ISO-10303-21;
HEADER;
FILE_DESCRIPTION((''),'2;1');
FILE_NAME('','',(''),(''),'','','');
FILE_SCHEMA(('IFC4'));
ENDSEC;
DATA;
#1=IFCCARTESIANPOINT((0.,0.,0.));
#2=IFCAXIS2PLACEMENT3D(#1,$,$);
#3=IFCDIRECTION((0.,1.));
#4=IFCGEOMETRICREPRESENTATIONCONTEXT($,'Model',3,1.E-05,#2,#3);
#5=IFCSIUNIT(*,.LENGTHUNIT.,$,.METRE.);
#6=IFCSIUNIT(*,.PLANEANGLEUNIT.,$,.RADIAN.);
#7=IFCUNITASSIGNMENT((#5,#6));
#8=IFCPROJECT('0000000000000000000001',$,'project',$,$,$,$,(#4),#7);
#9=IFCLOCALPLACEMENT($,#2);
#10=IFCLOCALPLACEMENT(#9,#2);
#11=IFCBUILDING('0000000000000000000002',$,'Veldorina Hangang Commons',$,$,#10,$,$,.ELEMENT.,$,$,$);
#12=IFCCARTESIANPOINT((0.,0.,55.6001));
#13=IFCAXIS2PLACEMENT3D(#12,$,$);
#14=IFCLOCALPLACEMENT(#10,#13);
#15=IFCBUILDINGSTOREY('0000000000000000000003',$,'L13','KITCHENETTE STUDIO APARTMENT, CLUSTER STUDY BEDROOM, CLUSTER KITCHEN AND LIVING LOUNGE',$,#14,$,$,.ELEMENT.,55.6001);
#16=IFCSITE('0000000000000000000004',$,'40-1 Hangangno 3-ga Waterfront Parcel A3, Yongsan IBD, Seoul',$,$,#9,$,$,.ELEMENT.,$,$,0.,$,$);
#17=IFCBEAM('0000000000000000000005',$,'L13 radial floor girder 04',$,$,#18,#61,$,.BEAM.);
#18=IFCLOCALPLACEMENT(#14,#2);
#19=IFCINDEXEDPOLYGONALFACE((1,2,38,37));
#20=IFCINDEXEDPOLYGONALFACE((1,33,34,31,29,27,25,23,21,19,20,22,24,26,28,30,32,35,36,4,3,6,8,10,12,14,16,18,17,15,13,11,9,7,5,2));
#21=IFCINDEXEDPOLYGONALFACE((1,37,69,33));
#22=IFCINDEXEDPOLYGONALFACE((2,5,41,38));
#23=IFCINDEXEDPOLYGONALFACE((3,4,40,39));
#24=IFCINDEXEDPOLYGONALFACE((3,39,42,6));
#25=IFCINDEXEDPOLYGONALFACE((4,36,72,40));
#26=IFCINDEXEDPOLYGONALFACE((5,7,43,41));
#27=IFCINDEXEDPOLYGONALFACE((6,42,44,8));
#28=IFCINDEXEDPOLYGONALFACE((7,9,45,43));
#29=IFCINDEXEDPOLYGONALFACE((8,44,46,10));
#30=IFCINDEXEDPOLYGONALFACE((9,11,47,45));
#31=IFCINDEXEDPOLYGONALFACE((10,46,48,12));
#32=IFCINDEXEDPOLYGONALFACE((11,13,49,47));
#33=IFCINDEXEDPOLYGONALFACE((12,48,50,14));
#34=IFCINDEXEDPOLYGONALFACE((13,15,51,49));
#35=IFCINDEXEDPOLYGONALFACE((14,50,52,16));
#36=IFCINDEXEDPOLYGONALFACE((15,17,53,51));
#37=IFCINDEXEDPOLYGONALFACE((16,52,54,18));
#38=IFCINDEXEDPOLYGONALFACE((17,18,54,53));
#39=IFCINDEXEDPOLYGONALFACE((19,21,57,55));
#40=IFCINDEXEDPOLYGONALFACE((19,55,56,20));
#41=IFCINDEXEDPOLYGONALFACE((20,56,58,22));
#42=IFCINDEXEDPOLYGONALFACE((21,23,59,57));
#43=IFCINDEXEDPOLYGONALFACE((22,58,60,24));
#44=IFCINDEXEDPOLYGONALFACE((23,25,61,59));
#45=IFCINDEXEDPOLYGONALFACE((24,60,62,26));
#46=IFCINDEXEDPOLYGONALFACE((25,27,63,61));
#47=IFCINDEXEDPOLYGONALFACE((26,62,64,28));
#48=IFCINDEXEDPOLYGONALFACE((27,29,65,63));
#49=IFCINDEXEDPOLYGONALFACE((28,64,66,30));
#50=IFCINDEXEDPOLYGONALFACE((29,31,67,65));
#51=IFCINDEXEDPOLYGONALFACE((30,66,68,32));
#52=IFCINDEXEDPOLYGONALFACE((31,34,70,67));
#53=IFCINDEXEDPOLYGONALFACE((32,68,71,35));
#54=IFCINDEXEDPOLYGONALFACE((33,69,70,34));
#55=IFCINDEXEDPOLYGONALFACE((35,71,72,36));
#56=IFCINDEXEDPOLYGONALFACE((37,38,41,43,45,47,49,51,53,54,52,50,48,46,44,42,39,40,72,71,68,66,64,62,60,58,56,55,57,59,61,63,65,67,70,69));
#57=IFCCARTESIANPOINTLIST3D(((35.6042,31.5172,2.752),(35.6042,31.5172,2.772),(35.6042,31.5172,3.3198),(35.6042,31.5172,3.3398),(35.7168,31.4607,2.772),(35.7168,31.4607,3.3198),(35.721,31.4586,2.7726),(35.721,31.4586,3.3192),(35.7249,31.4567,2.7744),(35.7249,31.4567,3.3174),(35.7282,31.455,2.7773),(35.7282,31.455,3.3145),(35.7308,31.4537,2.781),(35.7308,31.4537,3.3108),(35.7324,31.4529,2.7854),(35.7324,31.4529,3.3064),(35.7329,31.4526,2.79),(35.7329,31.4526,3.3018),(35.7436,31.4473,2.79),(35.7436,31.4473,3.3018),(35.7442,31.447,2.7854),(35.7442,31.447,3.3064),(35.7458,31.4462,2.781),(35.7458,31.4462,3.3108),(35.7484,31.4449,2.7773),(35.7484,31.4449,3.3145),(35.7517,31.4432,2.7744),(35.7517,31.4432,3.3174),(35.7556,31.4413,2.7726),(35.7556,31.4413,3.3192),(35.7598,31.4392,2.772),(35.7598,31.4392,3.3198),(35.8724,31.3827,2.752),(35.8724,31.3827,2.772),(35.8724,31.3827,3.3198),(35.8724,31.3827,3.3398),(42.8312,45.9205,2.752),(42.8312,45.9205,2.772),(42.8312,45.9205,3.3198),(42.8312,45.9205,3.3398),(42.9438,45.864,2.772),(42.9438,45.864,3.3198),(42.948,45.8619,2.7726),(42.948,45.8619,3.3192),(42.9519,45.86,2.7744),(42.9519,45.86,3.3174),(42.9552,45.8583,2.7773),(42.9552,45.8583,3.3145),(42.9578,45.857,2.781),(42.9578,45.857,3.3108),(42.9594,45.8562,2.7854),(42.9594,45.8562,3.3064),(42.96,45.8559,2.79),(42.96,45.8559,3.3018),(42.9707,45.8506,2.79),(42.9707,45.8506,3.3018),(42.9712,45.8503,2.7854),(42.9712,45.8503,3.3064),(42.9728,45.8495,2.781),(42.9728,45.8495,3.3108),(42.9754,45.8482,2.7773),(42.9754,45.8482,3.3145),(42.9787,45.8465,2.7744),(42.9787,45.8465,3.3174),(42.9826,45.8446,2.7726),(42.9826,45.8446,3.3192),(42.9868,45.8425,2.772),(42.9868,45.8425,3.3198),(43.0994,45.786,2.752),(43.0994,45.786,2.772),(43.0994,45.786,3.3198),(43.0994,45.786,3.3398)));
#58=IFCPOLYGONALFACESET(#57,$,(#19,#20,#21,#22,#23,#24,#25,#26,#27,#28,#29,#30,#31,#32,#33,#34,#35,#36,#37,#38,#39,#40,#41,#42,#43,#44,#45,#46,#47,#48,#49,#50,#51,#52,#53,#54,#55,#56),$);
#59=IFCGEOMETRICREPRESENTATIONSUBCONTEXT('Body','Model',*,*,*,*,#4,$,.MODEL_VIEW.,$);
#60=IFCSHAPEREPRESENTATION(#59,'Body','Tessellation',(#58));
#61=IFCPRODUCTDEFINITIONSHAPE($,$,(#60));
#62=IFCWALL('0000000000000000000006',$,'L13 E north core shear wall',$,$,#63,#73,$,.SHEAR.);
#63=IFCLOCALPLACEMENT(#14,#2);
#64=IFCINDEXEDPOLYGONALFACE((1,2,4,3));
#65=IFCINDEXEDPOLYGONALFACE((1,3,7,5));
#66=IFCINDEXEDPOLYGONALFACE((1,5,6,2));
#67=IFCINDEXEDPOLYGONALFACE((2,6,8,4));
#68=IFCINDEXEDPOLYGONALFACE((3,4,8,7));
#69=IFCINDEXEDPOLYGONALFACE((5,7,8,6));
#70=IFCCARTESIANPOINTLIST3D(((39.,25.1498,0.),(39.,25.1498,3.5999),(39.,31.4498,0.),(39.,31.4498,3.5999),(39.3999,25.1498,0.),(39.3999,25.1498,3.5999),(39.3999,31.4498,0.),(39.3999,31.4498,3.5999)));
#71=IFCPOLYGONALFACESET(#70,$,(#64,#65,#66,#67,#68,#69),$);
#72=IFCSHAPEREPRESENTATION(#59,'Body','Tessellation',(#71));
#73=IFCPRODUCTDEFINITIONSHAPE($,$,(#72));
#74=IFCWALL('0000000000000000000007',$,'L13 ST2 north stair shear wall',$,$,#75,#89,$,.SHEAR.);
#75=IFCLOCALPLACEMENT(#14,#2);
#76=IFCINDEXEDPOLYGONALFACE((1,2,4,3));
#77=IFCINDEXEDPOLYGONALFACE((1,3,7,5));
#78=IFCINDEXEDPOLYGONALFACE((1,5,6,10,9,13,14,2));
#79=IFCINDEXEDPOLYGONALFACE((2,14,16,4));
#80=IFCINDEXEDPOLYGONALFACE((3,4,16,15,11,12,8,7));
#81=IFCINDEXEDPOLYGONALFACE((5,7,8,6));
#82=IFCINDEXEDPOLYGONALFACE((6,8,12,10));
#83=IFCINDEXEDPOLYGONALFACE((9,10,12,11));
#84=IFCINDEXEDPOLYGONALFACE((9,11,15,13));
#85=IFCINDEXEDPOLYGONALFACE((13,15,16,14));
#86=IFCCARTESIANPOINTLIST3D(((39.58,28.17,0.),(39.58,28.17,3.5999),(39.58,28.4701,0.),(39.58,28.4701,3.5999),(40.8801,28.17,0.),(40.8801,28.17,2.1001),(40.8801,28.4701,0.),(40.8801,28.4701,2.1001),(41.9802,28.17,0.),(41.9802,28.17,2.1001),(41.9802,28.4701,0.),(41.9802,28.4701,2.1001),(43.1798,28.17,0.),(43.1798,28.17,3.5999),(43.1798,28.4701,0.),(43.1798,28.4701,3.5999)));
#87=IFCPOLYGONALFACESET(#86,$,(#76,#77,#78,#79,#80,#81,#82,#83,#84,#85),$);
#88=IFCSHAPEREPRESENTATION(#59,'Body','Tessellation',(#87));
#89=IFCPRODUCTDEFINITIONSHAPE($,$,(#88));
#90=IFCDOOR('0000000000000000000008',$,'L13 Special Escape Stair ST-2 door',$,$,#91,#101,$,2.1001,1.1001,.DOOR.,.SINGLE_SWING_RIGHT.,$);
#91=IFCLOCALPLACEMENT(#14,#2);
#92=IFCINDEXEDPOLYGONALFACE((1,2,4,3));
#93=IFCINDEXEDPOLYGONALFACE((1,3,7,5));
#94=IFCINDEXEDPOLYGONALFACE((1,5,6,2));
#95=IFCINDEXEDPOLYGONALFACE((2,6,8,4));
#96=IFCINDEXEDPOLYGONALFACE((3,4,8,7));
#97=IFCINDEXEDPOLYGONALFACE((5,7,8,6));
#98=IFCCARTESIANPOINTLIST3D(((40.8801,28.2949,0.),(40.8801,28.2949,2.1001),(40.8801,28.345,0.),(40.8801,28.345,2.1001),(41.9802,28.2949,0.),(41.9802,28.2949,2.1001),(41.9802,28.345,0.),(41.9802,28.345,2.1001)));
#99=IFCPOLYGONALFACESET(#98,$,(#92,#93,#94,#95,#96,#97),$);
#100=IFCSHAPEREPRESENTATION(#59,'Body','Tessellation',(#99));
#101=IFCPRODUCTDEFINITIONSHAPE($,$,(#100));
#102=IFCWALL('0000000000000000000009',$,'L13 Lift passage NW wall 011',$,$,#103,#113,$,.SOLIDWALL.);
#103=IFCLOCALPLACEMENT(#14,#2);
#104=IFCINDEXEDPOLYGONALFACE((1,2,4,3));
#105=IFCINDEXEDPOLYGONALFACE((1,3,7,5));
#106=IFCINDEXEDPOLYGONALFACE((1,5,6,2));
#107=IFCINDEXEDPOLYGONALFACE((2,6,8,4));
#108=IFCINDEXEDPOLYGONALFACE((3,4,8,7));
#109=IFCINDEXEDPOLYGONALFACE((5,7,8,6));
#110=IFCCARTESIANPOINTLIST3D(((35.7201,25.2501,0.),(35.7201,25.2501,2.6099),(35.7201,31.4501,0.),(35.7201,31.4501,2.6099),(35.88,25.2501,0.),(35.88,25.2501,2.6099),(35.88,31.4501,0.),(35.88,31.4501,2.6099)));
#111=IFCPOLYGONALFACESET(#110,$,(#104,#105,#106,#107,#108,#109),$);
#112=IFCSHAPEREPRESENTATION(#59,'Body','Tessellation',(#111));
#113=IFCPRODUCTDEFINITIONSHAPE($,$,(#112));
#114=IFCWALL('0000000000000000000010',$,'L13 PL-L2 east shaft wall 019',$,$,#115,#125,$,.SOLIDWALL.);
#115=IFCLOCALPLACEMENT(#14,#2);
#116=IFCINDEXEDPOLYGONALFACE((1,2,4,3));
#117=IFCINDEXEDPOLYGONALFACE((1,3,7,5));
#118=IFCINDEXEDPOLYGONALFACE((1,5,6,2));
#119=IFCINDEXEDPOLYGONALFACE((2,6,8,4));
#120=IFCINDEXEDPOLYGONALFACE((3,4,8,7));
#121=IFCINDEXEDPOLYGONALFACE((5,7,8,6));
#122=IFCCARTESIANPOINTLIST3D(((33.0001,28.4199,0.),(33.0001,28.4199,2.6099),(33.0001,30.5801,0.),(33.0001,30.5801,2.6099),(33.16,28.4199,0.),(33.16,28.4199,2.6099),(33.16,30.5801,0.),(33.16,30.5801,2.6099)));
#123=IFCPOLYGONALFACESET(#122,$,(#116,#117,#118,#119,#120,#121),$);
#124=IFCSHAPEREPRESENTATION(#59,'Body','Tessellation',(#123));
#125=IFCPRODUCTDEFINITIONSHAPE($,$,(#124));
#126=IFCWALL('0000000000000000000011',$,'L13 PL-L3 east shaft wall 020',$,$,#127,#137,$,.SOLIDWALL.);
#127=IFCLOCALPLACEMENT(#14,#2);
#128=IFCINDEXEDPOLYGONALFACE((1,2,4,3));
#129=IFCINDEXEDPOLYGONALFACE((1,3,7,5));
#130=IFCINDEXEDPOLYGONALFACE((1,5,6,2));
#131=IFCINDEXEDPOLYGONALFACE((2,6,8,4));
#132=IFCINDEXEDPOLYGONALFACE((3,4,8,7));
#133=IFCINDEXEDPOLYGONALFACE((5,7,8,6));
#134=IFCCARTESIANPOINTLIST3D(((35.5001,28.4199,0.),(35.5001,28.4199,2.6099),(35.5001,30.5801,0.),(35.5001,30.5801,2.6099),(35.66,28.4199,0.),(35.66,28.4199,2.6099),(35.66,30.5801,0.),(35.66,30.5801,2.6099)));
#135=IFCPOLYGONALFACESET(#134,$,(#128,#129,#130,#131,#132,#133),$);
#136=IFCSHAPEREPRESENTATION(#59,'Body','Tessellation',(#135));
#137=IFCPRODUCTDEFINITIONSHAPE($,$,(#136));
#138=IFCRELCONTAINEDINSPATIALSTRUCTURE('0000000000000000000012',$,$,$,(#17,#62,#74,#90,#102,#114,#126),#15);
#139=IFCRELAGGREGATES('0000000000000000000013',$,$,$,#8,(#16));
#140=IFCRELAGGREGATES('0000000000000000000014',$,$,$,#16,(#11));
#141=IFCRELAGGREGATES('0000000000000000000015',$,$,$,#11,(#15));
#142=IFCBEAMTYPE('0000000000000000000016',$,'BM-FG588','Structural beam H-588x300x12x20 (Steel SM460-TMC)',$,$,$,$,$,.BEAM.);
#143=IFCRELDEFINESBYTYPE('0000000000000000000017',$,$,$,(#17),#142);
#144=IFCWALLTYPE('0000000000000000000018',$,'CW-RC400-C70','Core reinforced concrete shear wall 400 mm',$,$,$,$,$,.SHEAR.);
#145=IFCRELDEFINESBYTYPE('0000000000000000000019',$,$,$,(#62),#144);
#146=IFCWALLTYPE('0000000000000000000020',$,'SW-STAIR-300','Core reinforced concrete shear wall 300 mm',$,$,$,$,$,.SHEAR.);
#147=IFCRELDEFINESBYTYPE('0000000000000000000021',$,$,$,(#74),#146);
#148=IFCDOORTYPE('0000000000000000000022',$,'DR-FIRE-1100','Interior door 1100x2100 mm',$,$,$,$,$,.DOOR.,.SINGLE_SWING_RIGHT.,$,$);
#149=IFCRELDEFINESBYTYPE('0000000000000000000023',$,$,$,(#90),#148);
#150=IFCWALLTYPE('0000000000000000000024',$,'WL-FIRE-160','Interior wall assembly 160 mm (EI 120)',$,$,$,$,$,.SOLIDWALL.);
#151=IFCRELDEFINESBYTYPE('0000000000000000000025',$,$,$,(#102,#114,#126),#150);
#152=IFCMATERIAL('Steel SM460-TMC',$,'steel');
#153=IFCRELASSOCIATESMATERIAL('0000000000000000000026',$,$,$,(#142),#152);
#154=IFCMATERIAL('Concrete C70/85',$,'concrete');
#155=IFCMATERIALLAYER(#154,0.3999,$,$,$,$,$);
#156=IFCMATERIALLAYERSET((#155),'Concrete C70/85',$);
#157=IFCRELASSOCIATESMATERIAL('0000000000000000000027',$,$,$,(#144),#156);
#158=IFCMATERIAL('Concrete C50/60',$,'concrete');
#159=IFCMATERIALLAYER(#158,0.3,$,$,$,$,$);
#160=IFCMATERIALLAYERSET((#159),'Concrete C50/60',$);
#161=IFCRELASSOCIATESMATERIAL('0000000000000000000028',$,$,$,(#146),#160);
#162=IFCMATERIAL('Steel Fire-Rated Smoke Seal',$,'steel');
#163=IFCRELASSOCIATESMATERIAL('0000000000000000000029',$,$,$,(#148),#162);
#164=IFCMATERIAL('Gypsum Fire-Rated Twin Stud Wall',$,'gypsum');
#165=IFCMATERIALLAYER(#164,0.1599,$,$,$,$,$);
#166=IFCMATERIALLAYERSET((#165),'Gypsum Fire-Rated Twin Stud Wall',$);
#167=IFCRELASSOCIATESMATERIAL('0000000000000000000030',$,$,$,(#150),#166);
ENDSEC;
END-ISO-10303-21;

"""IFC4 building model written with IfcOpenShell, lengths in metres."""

from ifc_helpers import new_model, si_unit, direction, frame, frame_2d, origin, origin_2d, place, context, subcontext, project, spatial, rectangle, i_section, extrude, material, layer, layer_set, material_profile, profile_set, type_object, element, fill, save


model = new_model("IFC4")

# Units and contexts
model_context = context("Model", 3, precision=1e-05, world=origin(), true_north=direction((0.0, 1.0)))
body_context = subcontext(model_context, "Body", "Model", "MODEL_VIEW")
ifc_project = project(units=[si_unit("LENGTHUNIT", "METRE"), si_unit("PLANEANGLEUNIT", "RADIAN")], contexts=[model_context])

# Site, building, storey
site_placement = place(None, origin())
site = spatial("IfcSite", under=ifc_project, at=site_placement, Name="40-1 Hangangno 3-ga Waterfront Parcel A3, Yongsan IBD, Seoul", CompositionType="ELEMENT", RefElevation=0.0)
building_placement = place(site_placement, origin())
building = spatial("IfcBuilding", under=site, at=building_placement, Name="Veldorina Hangang Commons", CompositionType="ELEMENT")
storey_placement = place(building_placement, frame((0.0, 0.0, 55.6001)))
storey = spatial("IfcBuildingStorey", under=building, at=storey_placement, Name="L13", Description="KITCHENETTE STUDIO APARTMENT, CLUSTER STUDY BEDROOM, CLUSTER KITCHEN AND LIVING LOUNGE", CompositionType="ELEMENT", Elevation=55.6001)

# Beam
ifc_material_1 = material(Name="Concrete C70/85", Category="concrete")
ifc_material_2 = material(Name="Steel SM460-TMC", Category="steel")
ifc_material_profile_1 = material_profile(ifc_material_2, i_section(OverallWidth=0.3, OverallDepth=0.5879, WebThickness=0.012, FlangeThickness=0.02, FilletRadius=0.0181, at=origin_2d()), Name="H-588x300x12x20")
ifc_profile_set_1 = profile_set([ifc_material_profile_1], Name="Steel SM460-TMC")
beam_type_1 = type_object("IfcBeamType", Name="BM-FG588", Description="Structural beam H-588x300x12x20 (Steel SM460-TMC)", PredefinedType="BEAM", material=ifc_profile_set_1)
beam_1_placement = place(storey_placement, frame((35.7383, 31.45, 3.0459), z_axis=(0.448474, 0.893796, 0.0), x_axis=(-0.893796, 0.448474, 0.0)))
element("IfcBeam", 1, at=beam_1_placement, inside=storey, type_object=beam_type_1, Name="L13 radial floor girder 04", PredefinedType="BEAM", context=body_context, shape_type="SweptSolid", body=[
    extrude(i_section(OverallWidth=0.3, OverallDepth=0.5879, WebThickness=0.012, FlangeThickness=0.02, FilletRadius=0.0181, at=origin_2d()), origin(), (0.0, 0.0, 1.0), 16.1147),
])

# Wall
ifc_layer_1 = layer(ifc_material_1, 0.3999)
ifc_layer_set_1 = layer_set([ifc_layer_1], Name="Concrete C70/85")
wall_type_1 = type_object("IfcWallType", Name="CW-RC400-C70", Description="Core reinforced concrete shear wall 400 mm", PredefinedType="SHEAR", material=ifc_layer_set_1)
wall_1_placement = place(storey_placement, frame((39.2, 25.1499, 0.0), z_axis=(0.0, 0.0, 1.0), x_axis=(0.0, 1.0, 0.0)))
element("IfcWall", 2, at=wall_1_placement, inside=storey, type_object=wall_type_1, Name="L13 E north core shear wall", PredefinedType="SHEAR", context=body_context, shape_type="SweptSolid", body=[
    extrude(rectangle(XDim=6.3, YDim=0.3999, at=frame_2d((3.1499, 0.0))), origin(), (0.0, 0.0, 1.0), 3.5999),
])

# Wall, opening, door
ifc_material_3 = material(Name="Concrete C50/60", Category="concrete")
ifc_layer_2 = layer(ifc_material_3, 0.3)
ifc_layer_set_2 = layer_set([ifc_layer_2], Name="Concrete C50/60")
wall_type_2 = type_object("IfcWallType", Name="SW-STAIR-300", Description="Core reinforced concrete shear wall 300 mm", PredefinedType="SHEAR", material=ifc_layer_set_2)
wall_2_placement = place(storey_placement, frame((39.5801, 28.3201, 0.0), z_axis=(0.0, 0.0, 1.0), x_axis=(1.0, 0.0, 0.0)))
wall_2 = element("IfcWall", 3, at=wall_2_placement, inside=storey, type_object=wall_type_2, Name="L13 ST2 north stair shear wall", PredefinedType="SHEAR", context=body_context, shape_type="SweptSolid", body=[
    extrude(rectangle(XDim=3.5999, YDim=0.3, at=frame_2d((1.7998, 0.0))), origin(), (0.0, 0.0, 1.0), 3.5999),
])
opening_1_placement = place(wall_2_placement, frame((1.3, 0.0, 0.0)))
opening_1 = element("IfcOpeningElement", 4, at=opening_1_placement, cuts=wall_2, PredefinedType="OPENING", context=body_context, shape_type="SweptSolid", body=[
    extrude(rectangle(XDim=1.1001, YDim=2.1001, at=frame_2d((0.55, 1.05))), frame((0.0, 0.1602, 0.0), z_axis=(0.0, -1.0, 0.0), x_axis=(1.0, 0.0, 0.0)), (0.0, 0.0, 1.0), 0.3201),
])
ifc_material_4 = material(Name="Steel Fire-Rated Smoke Seal", Category="steel")
door_type_1 = type_object("IfcDoorType", Name="DR-FIRE-1100", Description="Interior door 1100x2100 mm", OperationType="SINGLE_SWING_RIGHT", PredefinedType="DOOR", material=ifc_material_4)
door_1_placement = place(opening_1_placement, origin())
door_1 = element("IfcDoor", 5, at=door_1_placement, inside=storey, type_object=door_type_1, Name="L13 Special Escape Stair ST-2 door", OperationType="SINGLE_SWING_RIGHT", OverallHeight=2.1001, OverallWidth=1.1001, PredefinedType="DOOR", context=body_context, shape_type="SweptSolid", body=[
    extrude(rectangle(XDim=1.1001, YDim=2.1001, at=frame_2d((0.55, 1.05))), frame((0.0, 0.0249, 0.0), z_axis=(0.0, -1.0, 0.0), x_axis=(1.0, 0.0, 0.0)), (0.0, 0.0, 1.0), 0.05),
])
fill(opening_1, door_1)

# Walls
ifc_material_5 = material(Name="Gypsum Fire-Rated Twin Stud Wall", Category="gypsum")
ifc_layer_3 = layer(ifc_material_5, 0.1599)
ifc_layer_set_3 = layer_set([ifc_layer_3], Name="Gypsum Fire-Rated Twin Stud Wall")
wall_type_3 = type_object("IfcWallType", Name="WL-FIRE-160", Description="Interior wall assembly 160 mm (EI 120)", PredefinedType="SOLIDWALL", material=ifc_layer_set_3)
wall_3_placement = place(storey_placement, frame((35.8, 25.25, 0.0), z_axis=(0.0, 0.0, 1.0), x_axis=(0.0, 1.0, 0.0)))
element("IfcWall", 6, at=wall_3_placement, inside=storey, type_object=wall_type_3, Name="L13 Lift passage NW wall 011", PredefinedType="SOLIDWALL", context=body_context, shape_type="SweptSolid", body=[
    extrude(rectangle(XDim=6.2, YDim=0.1599, at=frame_2d((3.1001, 0.0))), origin(), (0.0, 0.0, 1.0), 2.6099),
])
for number, where, z_axis, x_axis, name in (
    (7, (33.0801, 28.4199, 0.0), (0.0, 0.0, 1.0), (0.0, 1.0, 0.0), "L13 PL-L2 east shaft wall 019"),
    (8, (35.5801, 28.4199, 0.0), (0.0, 0.0, 1.0), (0.0, 1.0, 0.0), "L13 PL-L3 east shaft wall 020"),
):
    element("IfcWall", number, at=place(storey_placement, frame(where, z_axis=z_axis, x_axis=x_axis)), inside=storey, type_object=wall_type_3, Name=name, PredefinedType="SOLIDWALL", context=body_context, shape_type="SweptSolid", body=[
        extrude(rectangle(XDim=2.1602, YDim=0.1599, at=frame_2d((1.0801, 0.0))), origin(), (0.0, 0.0, 1.0), 2.6099),
    ])

save(model, "model.ifc")
